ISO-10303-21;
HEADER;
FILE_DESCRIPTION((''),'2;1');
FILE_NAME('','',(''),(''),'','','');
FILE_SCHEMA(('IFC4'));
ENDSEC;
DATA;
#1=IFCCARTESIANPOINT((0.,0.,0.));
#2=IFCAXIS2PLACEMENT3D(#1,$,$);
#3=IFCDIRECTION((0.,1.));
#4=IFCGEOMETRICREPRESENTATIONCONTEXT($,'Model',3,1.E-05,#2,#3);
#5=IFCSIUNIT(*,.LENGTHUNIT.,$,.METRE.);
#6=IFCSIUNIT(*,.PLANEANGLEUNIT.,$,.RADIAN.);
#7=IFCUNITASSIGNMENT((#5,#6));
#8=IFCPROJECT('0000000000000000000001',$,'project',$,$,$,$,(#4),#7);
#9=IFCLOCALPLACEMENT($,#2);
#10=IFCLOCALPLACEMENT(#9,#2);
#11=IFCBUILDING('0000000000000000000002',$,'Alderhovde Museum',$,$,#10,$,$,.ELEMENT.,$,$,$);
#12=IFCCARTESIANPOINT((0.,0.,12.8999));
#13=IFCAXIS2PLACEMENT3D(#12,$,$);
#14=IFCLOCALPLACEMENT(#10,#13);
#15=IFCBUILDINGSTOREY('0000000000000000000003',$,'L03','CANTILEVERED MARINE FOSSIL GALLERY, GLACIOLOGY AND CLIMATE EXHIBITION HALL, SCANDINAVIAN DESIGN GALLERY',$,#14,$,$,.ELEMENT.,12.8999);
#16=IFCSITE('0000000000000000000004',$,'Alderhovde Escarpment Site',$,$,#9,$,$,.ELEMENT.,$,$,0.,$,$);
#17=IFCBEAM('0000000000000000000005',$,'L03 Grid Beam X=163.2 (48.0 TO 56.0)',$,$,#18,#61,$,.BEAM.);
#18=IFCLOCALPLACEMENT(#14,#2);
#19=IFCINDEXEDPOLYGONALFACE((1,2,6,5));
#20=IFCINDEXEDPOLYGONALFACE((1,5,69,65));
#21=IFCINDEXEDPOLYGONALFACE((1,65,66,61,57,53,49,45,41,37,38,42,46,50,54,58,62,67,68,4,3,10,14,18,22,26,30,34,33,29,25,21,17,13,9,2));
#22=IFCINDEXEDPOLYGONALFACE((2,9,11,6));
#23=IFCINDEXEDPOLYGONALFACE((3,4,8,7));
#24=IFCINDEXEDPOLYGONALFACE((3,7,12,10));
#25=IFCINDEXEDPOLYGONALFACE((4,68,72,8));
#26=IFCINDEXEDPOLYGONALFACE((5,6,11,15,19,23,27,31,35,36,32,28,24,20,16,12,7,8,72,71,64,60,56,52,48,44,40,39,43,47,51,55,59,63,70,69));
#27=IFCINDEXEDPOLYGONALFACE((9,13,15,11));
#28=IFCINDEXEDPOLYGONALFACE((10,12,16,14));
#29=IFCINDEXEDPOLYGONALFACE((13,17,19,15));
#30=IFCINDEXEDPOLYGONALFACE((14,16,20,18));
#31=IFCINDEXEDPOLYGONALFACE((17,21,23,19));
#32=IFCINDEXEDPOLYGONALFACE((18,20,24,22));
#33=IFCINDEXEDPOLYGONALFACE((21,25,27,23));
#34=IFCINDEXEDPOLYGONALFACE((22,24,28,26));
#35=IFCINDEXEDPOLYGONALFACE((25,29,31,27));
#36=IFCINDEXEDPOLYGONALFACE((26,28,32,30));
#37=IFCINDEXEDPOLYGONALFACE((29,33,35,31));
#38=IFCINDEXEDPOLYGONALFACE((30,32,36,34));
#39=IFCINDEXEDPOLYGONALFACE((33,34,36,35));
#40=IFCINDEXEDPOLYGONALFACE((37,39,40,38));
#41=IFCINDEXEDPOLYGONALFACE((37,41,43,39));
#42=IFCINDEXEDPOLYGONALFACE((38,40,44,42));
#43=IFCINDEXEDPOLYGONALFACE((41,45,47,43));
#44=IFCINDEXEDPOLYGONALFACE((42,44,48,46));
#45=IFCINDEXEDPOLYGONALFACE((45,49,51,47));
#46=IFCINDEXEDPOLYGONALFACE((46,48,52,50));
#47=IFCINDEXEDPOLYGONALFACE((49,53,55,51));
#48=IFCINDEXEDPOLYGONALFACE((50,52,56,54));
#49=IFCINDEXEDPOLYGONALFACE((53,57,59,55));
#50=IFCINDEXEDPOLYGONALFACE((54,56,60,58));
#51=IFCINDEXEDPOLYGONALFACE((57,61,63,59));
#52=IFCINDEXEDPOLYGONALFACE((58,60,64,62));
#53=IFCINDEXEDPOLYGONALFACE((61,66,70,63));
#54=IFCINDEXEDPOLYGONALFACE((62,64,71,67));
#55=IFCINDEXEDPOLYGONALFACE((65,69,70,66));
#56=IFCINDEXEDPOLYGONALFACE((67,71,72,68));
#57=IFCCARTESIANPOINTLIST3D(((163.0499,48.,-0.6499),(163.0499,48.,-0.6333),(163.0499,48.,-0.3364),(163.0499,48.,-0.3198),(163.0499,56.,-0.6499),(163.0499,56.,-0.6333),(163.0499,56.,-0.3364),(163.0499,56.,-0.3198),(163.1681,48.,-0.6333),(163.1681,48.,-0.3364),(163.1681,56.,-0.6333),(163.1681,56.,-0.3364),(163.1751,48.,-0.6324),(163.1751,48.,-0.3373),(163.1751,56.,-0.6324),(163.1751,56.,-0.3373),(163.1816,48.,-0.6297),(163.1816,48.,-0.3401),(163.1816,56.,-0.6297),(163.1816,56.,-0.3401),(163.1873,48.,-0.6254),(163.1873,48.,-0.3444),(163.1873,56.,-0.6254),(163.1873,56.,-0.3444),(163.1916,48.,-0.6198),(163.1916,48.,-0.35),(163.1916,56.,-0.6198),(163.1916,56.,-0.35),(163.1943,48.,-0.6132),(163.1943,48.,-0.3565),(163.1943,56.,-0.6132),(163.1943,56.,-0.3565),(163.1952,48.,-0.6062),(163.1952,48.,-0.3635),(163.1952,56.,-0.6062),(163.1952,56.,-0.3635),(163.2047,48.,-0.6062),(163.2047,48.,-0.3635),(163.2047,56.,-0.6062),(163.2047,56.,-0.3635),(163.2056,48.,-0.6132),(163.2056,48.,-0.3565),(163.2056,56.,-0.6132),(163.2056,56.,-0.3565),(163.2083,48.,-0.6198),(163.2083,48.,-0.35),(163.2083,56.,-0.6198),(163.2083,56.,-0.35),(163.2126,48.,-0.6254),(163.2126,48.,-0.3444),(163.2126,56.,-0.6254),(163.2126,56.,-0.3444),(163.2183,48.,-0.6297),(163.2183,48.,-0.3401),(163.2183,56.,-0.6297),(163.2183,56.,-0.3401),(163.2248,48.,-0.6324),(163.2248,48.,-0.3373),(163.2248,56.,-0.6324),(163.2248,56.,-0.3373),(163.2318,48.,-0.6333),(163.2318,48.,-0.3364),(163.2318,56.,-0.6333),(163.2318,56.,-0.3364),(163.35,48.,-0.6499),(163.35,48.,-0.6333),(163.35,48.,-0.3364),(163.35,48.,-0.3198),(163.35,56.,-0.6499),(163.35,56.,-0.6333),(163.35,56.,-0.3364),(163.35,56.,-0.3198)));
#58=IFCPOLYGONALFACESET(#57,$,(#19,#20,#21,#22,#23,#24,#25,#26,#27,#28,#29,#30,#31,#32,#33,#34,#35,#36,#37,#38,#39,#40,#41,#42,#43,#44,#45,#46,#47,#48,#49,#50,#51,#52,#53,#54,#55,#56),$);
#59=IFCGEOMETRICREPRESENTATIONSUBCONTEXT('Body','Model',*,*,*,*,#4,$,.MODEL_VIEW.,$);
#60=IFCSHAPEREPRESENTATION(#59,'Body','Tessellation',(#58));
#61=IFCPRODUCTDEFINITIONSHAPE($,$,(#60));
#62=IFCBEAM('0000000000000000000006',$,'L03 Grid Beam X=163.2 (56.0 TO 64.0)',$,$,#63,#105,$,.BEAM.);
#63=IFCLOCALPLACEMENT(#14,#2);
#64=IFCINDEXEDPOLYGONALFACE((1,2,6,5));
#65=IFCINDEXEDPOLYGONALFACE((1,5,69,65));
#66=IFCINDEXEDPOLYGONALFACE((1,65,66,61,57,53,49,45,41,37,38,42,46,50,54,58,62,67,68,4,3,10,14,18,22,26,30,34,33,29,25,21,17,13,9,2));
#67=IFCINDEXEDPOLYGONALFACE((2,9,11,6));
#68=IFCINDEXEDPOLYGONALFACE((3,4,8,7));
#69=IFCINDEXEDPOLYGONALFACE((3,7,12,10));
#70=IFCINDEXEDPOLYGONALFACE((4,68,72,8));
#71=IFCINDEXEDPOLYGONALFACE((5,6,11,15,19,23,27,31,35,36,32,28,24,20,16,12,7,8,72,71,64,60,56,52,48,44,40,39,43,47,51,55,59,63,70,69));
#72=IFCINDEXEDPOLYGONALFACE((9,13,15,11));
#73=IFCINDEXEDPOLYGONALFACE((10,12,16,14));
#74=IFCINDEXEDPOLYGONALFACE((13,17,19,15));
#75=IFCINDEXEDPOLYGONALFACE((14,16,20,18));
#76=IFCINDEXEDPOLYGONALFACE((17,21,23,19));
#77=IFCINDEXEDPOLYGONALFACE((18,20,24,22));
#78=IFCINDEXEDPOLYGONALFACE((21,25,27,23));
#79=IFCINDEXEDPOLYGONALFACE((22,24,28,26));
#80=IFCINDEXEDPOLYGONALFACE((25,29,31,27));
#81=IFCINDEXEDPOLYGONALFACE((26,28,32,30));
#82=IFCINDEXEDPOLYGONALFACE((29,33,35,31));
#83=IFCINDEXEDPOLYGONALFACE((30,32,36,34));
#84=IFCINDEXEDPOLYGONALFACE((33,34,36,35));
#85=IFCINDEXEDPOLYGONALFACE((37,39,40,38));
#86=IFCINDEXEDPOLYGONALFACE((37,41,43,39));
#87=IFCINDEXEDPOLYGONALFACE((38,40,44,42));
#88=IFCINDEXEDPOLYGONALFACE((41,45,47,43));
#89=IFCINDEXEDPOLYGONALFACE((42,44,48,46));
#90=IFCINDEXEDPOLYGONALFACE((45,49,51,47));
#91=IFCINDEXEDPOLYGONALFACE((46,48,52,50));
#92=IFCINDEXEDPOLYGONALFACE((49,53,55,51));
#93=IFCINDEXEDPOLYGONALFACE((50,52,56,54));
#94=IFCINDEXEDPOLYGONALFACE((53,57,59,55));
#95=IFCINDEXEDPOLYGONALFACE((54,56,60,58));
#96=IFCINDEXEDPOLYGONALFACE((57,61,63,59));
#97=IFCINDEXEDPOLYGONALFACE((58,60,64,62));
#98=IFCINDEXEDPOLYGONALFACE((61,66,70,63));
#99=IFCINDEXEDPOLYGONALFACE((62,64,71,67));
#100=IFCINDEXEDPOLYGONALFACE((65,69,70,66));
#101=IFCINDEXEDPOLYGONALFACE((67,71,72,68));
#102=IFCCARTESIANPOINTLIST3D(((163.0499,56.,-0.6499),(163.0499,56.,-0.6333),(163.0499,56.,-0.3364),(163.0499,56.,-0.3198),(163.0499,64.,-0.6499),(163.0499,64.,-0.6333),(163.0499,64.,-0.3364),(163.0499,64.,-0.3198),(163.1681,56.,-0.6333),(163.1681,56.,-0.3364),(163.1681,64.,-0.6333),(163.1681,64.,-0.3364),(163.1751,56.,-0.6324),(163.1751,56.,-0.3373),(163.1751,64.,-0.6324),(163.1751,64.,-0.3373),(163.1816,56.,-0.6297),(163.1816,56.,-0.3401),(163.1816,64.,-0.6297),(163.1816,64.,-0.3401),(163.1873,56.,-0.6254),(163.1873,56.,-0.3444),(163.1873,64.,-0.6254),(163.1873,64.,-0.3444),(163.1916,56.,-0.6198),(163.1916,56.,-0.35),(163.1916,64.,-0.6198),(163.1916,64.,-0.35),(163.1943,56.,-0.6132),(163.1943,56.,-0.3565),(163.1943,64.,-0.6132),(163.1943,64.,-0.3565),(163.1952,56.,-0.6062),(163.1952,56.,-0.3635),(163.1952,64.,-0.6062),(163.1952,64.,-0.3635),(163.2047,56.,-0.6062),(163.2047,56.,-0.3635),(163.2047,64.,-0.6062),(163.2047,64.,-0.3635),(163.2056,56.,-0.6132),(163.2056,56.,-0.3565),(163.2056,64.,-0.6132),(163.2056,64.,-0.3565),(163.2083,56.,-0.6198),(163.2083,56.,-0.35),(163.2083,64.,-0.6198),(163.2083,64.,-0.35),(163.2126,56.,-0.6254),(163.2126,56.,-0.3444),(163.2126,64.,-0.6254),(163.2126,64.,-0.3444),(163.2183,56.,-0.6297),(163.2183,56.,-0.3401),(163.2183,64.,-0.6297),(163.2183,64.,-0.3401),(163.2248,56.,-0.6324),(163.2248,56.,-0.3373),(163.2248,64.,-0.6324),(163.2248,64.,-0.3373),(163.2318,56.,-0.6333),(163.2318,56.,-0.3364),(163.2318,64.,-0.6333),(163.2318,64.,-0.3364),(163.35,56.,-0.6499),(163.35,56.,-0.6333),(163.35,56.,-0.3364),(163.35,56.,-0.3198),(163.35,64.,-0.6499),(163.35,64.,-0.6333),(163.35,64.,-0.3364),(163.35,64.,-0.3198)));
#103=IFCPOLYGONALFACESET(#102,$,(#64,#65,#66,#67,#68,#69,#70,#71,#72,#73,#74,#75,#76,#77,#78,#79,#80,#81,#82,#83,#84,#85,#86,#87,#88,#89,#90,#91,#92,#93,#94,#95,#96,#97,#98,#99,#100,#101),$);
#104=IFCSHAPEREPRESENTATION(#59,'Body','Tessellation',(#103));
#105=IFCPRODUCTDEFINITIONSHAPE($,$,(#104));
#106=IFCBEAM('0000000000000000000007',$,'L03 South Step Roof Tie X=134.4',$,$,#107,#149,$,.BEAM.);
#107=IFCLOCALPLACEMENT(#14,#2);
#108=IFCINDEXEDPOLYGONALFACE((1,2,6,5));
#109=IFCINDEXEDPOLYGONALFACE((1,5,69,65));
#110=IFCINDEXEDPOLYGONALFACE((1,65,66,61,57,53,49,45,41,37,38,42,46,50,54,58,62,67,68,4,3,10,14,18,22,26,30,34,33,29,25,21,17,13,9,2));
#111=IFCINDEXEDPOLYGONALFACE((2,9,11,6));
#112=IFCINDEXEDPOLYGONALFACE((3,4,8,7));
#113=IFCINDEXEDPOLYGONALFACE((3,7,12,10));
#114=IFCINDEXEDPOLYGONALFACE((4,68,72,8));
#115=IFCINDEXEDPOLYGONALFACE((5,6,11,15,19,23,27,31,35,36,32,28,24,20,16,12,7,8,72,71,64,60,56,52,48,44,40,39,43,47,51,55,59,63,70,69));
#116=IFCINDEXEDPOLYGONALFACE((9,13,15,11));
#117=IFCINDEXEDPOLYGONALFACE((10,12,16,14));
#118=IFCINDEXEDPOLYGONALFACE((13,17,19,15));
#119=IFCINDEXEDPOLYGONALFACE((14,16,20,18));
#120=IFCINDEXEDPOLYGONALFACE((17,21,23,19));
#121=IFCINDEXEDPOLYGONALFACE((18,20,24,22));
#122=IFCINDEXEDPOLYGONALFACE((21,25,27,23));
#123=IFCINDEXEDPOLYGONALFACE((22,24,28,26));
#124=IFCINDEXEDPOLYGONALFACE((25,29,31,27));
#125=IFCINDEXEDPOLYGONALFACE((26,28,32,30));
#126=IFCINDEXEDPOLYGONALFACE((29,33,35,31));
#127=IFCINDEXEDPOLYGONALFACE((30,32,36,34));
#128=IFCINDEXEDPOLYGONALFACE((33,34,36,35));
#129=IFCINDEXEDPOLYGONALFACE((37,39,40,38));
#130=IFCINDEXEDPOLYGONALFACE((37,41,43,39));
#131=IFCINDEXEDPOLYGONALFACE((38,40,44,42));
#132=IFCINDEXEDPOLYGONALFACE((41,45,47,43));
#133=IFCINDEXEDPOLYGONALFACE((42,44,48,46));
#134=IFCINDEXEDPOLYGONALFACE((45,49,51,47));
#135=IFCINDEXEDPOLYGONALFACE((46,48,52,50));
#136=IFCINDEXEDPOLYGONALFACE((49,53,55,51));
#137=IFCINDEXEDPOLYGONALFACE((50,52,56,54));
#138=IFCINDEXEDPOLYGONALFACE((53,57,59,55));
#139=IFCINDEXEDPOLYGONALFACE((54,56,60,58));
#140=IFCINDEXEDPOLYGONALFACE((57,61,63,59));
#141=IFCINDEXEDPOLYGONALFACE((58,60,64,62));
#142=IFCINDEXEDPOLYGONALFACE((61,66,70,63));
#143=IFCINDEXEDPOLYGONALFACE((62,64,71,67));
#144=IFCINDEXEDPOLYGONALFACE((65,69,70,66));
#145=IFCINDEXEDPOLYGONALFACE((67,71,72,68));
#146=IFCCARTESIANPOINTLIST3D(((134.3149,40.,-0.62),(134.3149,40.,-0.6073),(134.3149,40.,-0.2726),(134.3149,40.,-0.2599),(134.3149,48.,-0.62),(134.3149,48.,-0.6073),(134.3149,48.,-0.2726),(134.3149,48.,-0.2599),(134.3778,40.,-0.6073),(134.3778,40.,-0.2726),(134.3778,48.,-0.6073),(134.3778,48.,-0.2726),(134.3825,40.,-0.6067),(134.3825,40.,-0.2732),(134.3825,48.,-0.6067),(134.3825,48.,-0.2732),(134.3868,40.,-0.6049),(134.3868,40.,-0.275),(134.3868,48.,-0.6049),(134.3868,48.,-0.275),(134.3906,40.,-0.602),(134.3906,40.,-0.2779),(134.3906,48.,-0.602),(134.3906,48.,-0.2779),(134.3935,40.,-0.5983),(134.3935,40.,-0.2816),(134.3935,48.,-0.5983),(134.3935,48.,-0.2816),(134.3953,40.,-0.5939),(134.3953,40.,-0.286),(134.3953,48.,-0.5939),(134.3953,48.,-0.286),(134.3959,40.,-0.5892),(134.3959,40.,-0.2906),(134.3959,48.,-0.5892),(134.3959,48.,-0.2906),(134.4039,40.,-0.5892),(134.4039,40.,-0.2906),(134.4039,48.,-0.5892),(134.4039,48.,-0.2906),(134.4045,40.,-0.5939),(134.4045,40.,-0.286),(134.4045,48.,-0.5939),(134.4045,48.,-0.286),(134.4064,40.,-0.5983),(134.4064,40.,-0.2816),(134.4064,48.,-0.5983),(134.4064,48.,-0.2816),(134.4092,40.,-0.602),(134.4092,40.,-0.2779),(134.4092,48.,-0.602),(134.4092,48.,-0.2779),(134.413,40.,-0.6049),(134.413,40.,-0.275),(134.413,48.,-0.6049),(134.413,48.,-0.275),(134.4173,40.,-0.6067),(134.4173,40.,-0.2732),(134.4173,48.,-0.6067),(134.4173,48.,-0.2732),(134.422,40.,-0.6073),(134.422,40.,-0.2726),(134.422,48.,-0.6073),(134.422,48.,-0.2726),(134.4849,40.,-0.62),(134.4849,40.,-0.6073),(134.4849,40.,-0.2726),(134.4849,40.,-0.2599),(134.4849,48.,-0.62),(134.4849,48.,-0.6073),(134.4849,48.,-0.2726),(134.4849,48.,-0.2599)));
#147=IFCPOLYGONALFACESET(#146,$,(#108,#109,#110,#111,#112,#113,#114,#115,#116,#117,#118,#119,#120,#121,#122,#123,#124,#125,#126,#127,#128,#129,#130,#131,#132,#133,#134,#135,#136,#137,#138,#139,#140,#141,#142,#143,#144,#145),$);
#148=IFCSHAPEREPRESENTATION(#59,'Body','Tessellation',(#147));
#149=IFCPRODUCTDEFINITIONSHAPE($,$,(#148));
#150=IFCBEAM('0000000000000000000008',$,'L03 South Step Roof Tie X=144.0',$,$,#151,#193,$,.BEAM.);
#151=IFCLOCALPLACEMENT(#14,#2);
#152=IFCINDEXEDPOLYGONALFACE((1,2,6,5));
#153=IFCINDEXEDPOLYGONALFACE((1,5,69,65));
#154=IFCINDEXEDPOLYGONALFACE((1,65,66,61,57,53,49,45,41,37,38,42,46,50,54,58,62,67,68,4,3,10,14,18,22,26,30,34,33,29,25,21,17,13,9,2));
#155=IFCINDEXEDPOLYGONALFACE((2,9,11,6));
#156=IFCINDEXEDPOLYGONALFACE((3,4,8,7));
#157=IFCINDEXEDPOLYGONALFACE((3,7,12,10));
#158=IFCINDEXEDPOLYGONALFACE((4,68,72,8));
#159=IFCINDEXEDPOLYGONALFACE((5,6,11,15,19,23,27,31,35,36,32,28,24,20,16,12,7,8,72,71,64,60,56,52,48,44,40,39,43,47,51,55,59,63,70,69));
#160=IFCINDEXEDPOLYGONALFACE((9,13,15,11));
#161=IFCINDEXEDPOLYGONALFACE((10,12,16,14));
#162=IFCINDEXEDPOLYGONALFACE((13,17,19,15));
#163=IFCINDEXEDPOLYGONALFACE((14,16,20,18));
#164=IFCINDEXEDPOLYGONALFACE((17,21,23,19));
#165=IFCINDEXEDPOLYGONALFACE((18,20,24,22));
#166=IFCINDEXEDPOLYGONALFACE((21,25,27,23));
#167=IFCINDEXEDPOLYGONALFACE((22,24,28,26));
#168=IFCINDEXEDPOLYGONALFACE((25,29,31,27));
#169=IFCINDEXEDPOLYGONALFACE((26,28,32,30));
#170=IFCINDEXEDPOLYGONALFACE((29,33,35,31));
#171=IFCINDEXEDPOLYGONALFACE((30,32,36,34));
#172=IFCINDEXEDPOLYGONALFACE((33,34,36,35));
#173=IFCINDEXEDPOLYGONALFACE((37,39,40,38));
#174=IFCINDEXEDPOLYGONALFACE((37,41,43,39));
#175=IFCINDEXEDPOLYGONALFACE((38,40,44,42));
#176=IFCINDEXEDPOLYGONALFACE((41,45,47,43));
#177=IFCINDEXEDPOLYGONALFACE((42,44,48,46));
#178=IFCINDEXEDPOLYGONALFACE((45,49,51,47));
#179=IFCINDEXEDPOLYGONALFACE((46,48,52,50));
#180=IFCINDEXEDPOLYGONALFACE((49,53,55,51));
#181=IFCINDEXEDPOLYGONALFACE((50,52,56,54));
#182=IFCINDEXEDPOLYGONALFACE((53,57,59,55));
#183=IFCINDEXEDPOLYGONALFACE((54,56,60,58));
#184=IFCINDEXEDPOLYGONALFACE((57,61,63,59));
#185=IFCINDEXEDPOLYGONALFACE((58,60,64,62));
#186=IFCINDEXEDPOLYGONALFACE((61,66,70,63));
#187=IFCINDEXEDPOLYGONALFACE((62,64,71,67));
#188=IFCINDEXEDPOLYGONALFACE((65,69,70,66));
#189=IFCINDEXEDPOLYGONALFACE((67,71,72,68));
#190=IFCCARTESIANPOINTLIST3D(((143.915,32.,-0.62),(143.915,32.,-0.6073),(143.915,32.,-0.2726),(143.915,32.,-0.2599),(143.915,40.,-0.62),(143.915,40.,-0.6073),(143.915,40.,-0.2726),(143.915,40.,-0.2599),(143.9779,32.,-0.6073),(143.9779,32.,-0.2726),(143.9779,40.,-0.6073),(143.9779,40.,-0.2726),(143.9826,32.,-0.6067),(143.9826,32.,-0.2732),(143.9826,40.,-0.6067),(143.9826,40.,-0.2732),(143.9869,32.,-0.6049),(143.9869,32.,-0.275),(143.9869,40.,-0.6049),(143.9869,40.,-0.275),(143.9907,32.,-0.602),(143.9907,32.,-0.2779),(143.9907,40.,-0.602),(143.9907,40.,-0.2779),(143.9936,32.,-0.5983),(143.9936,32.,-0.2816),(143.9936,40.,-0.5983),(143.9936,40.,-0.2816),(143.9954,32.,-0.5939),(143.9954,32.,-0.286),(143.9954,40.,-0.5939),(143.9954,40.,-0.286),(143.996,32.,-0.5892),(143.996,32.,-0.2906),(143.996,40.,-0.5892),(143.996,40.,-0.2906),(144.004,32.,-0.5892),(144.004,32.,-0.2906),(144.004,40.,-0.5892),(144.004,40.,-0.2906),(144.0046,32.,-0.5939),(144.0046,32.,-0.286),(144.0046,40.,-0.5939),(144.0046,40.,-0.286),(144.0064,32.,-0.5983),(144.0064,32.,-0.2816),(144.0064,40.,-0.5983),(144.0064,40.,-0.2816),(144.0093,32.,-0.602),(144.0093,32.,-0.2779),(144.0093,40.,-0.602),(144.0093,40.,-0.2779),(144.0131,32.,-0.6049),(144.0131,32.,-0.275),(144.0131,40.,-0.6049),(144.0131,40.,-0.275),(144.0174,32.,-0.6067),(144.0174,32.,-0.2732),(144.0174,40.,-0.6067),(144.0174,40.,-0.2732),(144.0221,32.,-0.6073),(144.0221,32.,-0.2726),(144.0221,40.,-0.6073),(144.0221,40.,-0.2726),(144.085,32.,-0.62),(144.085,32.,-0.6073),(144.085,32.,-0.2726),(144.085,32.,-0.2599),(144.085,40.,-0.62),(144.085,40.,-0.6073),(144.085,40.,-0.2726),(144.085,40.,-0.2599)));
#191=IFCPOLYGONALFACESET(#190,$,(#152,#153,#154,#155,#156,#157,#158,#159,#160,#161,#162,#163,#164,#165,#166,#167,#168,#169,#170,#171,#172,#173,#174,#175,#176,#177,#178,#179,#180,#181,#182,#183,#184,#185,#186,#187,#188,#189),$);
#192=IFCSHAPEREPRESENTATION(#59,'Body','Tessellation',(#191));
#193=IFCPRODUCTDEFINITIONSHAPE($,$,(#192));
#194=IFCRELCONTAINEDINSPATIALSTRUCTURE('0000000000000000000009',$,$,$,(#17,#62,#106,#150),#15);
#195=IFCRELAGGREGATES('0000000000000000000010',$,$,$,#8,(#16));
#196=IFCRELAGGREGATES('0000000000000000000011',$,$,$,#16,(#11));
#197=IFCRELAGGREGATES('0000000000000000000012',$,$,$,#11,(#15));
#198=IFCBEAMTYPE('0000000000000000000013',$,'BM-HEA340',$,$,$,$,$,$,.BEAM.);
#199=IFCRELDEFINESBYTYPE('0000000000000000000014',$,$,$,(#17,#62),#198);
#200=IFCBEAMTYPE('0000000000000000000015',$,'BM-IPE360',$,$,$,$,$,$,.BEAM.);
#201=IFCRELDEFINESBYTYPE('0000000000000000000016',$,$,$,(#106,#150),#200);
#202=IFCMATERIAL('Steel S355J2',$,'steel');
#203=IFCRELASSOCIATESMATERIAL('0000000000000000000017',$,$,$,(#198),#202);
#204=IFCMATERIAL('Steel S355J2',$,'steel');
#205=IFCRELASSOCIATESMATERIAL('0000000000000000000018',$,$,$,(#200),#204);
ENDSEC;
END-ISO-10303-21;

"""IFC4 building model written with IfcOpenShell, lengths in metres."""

from ifc_helpers import new_model, si_unit, direction, frame, origin, origin_2d, place, context, subcontext, project, spatial, i_section, extrude, material, material_profile, profile_set, type_object, element, save


model = new_model("IFC4")

# Units and contexts
model_context = context("Model", 3, precision=1e-05, world=origin(), true_north=direction((0.0, 1.0)))
body_context = subcontext(model_context, "Body", "Model", "MODEL_VIEW")
ifc_project = project(units=[si_unit("LENGTHUNIT", "METRE"), si_unit("PLANEANGLEUNIT", "RADIAN")], contexts=[model_context])

# Site, building, storey
site_placement = place(None, origin())
site = spatial("IfcSite", under=ifc_project, at=site_placement, Name="Alderhovde Escarpment Site", CompositionType="ELEMENT", RefElevation=0.0)
building_placement = place(site_placement, origin())
building = spatial("IfcBuilding", under=site, at=building_placement, Name="Alderhovde Museum", CompositionType="ELEMENT")
storey_placement = place(building_placement, frame((0.0, 0.0, 12.8999)))
storey = spatial("IfcBuildingStorey", under=building, at=storey_placement, Name="L03", Description="CANTILEVERED MARINE FOSSIL GALLERY, GLACIOLOGY AND CLIMATE EXHIBITION HALL, SCANDINAVIAN DESIGN GALLERY", CompositionType="ELEMENT", Elevation=12.8999)

# Beams
ifc_material_1 = material(Name="Steel S355J2", Category="steel")
ifc_material_profile_1 = material_profile(ifc_material_1, i_section(OverallWidth=0.3, OverallDepth=0.3301, WebThickness=0.0095, FlangeThickness=0.0166, FilletRadius=0.0271, at=origin_2d()), Name="HEA 340")
ifc_profile_set_1 = profile_set([ifc_material_profile_1], Name="Steel S355J2")
beam_type_1 = type_object("IfcBeamType", Name="BM-HEA340", PredefinedType="BEAM", material=ifc_profile_set_1)
for number, where, z_axis, x_axis, name in (
    (1, (163.2, 48.0, -0.4849), (0.0, 1.0, 0.0), (-1.0, 0.0, 0.0), "L03 Grid Beam X=163.2 (48.0 TO 56.0)"),
    (2, (163.2, 56.0, -0.4849), (0.0, 1.0, 0.0), (-1.0, 0.0, 0.0), "L03 Grid Beam X=163.2 (56.0 TO 64.0)"),
):
    element("IfcBeam", number, at=place(storey_placement, frame(where, z_axis=z_axis, x_axis=x_axis)), inside=storey, type_object=beam_type_1, Name=name, PredefinedType="BEAM", context=body_context, shape_type="SweptSolid", body=[
        extrude(i_section(OverallWidth=0.3, OverallDepth=0.3301, WebThickness=0.0095, FlangeThickness=0.0166, FilletRadius=0.0271, at=origin_2d()), origin(), (0.0, 0.0, 1.0), 8.0),
    ])
ifc_material_2 = material(Name="Steel S355J2", Category="steel")
ifc_material_profile_2 = material_profile(ifc_material_2, i_section(OverallWidth=0.1699, OverallDepth=0.3601, WebThickness=0.0081, FlangeThickness=0.0127, FilletRadius=0.0181, at=origin_2d()), Name="IPE 360")
ifc_profile_set_2 = profile_set([ifc_material_profile_2], Name="Steel S355J2")
beam_type_2 = type_object("IfcBeamType", Name="BM-IPE360", PredefinedType="BEAM", material=ifc_profile_set_2)
for number, where, z_axis, x_axis, name in (
    (3, (134.3999, 40.0, -0.4399), (0.0, 1.0, 0.0), (-1.0, 0.0, 0.0), "L03 South Step Roof Tie X=134.4"),
    (4, (144.0, 32.0, -0.4399), (0.0, 1.0, 0.0), (-1.0, 0.0, 0.0), "L03 South Step Roof Tie X=144.0"),
):
    element("IfcBeam", number, at=place(storey_placement, frame(where, z_axis=z_axis, x_axis=x_axis)), inside=storey, type_object=beam_type_2, Name=name, PredefinedType="BEAM", context=body_context, shape_type="SweptSolid", body=[
        extrude(i_section(OverallWidth=0.1699, OverallDepth=0.3601, WebThickness=0.0081, FlangeThickness=0.0127, FilletRadius=0.0181, at=origin_2d()), origin(), (0.0, 0.0, 1.0), 8.0),
    ])

save(model, "model.ifc")
